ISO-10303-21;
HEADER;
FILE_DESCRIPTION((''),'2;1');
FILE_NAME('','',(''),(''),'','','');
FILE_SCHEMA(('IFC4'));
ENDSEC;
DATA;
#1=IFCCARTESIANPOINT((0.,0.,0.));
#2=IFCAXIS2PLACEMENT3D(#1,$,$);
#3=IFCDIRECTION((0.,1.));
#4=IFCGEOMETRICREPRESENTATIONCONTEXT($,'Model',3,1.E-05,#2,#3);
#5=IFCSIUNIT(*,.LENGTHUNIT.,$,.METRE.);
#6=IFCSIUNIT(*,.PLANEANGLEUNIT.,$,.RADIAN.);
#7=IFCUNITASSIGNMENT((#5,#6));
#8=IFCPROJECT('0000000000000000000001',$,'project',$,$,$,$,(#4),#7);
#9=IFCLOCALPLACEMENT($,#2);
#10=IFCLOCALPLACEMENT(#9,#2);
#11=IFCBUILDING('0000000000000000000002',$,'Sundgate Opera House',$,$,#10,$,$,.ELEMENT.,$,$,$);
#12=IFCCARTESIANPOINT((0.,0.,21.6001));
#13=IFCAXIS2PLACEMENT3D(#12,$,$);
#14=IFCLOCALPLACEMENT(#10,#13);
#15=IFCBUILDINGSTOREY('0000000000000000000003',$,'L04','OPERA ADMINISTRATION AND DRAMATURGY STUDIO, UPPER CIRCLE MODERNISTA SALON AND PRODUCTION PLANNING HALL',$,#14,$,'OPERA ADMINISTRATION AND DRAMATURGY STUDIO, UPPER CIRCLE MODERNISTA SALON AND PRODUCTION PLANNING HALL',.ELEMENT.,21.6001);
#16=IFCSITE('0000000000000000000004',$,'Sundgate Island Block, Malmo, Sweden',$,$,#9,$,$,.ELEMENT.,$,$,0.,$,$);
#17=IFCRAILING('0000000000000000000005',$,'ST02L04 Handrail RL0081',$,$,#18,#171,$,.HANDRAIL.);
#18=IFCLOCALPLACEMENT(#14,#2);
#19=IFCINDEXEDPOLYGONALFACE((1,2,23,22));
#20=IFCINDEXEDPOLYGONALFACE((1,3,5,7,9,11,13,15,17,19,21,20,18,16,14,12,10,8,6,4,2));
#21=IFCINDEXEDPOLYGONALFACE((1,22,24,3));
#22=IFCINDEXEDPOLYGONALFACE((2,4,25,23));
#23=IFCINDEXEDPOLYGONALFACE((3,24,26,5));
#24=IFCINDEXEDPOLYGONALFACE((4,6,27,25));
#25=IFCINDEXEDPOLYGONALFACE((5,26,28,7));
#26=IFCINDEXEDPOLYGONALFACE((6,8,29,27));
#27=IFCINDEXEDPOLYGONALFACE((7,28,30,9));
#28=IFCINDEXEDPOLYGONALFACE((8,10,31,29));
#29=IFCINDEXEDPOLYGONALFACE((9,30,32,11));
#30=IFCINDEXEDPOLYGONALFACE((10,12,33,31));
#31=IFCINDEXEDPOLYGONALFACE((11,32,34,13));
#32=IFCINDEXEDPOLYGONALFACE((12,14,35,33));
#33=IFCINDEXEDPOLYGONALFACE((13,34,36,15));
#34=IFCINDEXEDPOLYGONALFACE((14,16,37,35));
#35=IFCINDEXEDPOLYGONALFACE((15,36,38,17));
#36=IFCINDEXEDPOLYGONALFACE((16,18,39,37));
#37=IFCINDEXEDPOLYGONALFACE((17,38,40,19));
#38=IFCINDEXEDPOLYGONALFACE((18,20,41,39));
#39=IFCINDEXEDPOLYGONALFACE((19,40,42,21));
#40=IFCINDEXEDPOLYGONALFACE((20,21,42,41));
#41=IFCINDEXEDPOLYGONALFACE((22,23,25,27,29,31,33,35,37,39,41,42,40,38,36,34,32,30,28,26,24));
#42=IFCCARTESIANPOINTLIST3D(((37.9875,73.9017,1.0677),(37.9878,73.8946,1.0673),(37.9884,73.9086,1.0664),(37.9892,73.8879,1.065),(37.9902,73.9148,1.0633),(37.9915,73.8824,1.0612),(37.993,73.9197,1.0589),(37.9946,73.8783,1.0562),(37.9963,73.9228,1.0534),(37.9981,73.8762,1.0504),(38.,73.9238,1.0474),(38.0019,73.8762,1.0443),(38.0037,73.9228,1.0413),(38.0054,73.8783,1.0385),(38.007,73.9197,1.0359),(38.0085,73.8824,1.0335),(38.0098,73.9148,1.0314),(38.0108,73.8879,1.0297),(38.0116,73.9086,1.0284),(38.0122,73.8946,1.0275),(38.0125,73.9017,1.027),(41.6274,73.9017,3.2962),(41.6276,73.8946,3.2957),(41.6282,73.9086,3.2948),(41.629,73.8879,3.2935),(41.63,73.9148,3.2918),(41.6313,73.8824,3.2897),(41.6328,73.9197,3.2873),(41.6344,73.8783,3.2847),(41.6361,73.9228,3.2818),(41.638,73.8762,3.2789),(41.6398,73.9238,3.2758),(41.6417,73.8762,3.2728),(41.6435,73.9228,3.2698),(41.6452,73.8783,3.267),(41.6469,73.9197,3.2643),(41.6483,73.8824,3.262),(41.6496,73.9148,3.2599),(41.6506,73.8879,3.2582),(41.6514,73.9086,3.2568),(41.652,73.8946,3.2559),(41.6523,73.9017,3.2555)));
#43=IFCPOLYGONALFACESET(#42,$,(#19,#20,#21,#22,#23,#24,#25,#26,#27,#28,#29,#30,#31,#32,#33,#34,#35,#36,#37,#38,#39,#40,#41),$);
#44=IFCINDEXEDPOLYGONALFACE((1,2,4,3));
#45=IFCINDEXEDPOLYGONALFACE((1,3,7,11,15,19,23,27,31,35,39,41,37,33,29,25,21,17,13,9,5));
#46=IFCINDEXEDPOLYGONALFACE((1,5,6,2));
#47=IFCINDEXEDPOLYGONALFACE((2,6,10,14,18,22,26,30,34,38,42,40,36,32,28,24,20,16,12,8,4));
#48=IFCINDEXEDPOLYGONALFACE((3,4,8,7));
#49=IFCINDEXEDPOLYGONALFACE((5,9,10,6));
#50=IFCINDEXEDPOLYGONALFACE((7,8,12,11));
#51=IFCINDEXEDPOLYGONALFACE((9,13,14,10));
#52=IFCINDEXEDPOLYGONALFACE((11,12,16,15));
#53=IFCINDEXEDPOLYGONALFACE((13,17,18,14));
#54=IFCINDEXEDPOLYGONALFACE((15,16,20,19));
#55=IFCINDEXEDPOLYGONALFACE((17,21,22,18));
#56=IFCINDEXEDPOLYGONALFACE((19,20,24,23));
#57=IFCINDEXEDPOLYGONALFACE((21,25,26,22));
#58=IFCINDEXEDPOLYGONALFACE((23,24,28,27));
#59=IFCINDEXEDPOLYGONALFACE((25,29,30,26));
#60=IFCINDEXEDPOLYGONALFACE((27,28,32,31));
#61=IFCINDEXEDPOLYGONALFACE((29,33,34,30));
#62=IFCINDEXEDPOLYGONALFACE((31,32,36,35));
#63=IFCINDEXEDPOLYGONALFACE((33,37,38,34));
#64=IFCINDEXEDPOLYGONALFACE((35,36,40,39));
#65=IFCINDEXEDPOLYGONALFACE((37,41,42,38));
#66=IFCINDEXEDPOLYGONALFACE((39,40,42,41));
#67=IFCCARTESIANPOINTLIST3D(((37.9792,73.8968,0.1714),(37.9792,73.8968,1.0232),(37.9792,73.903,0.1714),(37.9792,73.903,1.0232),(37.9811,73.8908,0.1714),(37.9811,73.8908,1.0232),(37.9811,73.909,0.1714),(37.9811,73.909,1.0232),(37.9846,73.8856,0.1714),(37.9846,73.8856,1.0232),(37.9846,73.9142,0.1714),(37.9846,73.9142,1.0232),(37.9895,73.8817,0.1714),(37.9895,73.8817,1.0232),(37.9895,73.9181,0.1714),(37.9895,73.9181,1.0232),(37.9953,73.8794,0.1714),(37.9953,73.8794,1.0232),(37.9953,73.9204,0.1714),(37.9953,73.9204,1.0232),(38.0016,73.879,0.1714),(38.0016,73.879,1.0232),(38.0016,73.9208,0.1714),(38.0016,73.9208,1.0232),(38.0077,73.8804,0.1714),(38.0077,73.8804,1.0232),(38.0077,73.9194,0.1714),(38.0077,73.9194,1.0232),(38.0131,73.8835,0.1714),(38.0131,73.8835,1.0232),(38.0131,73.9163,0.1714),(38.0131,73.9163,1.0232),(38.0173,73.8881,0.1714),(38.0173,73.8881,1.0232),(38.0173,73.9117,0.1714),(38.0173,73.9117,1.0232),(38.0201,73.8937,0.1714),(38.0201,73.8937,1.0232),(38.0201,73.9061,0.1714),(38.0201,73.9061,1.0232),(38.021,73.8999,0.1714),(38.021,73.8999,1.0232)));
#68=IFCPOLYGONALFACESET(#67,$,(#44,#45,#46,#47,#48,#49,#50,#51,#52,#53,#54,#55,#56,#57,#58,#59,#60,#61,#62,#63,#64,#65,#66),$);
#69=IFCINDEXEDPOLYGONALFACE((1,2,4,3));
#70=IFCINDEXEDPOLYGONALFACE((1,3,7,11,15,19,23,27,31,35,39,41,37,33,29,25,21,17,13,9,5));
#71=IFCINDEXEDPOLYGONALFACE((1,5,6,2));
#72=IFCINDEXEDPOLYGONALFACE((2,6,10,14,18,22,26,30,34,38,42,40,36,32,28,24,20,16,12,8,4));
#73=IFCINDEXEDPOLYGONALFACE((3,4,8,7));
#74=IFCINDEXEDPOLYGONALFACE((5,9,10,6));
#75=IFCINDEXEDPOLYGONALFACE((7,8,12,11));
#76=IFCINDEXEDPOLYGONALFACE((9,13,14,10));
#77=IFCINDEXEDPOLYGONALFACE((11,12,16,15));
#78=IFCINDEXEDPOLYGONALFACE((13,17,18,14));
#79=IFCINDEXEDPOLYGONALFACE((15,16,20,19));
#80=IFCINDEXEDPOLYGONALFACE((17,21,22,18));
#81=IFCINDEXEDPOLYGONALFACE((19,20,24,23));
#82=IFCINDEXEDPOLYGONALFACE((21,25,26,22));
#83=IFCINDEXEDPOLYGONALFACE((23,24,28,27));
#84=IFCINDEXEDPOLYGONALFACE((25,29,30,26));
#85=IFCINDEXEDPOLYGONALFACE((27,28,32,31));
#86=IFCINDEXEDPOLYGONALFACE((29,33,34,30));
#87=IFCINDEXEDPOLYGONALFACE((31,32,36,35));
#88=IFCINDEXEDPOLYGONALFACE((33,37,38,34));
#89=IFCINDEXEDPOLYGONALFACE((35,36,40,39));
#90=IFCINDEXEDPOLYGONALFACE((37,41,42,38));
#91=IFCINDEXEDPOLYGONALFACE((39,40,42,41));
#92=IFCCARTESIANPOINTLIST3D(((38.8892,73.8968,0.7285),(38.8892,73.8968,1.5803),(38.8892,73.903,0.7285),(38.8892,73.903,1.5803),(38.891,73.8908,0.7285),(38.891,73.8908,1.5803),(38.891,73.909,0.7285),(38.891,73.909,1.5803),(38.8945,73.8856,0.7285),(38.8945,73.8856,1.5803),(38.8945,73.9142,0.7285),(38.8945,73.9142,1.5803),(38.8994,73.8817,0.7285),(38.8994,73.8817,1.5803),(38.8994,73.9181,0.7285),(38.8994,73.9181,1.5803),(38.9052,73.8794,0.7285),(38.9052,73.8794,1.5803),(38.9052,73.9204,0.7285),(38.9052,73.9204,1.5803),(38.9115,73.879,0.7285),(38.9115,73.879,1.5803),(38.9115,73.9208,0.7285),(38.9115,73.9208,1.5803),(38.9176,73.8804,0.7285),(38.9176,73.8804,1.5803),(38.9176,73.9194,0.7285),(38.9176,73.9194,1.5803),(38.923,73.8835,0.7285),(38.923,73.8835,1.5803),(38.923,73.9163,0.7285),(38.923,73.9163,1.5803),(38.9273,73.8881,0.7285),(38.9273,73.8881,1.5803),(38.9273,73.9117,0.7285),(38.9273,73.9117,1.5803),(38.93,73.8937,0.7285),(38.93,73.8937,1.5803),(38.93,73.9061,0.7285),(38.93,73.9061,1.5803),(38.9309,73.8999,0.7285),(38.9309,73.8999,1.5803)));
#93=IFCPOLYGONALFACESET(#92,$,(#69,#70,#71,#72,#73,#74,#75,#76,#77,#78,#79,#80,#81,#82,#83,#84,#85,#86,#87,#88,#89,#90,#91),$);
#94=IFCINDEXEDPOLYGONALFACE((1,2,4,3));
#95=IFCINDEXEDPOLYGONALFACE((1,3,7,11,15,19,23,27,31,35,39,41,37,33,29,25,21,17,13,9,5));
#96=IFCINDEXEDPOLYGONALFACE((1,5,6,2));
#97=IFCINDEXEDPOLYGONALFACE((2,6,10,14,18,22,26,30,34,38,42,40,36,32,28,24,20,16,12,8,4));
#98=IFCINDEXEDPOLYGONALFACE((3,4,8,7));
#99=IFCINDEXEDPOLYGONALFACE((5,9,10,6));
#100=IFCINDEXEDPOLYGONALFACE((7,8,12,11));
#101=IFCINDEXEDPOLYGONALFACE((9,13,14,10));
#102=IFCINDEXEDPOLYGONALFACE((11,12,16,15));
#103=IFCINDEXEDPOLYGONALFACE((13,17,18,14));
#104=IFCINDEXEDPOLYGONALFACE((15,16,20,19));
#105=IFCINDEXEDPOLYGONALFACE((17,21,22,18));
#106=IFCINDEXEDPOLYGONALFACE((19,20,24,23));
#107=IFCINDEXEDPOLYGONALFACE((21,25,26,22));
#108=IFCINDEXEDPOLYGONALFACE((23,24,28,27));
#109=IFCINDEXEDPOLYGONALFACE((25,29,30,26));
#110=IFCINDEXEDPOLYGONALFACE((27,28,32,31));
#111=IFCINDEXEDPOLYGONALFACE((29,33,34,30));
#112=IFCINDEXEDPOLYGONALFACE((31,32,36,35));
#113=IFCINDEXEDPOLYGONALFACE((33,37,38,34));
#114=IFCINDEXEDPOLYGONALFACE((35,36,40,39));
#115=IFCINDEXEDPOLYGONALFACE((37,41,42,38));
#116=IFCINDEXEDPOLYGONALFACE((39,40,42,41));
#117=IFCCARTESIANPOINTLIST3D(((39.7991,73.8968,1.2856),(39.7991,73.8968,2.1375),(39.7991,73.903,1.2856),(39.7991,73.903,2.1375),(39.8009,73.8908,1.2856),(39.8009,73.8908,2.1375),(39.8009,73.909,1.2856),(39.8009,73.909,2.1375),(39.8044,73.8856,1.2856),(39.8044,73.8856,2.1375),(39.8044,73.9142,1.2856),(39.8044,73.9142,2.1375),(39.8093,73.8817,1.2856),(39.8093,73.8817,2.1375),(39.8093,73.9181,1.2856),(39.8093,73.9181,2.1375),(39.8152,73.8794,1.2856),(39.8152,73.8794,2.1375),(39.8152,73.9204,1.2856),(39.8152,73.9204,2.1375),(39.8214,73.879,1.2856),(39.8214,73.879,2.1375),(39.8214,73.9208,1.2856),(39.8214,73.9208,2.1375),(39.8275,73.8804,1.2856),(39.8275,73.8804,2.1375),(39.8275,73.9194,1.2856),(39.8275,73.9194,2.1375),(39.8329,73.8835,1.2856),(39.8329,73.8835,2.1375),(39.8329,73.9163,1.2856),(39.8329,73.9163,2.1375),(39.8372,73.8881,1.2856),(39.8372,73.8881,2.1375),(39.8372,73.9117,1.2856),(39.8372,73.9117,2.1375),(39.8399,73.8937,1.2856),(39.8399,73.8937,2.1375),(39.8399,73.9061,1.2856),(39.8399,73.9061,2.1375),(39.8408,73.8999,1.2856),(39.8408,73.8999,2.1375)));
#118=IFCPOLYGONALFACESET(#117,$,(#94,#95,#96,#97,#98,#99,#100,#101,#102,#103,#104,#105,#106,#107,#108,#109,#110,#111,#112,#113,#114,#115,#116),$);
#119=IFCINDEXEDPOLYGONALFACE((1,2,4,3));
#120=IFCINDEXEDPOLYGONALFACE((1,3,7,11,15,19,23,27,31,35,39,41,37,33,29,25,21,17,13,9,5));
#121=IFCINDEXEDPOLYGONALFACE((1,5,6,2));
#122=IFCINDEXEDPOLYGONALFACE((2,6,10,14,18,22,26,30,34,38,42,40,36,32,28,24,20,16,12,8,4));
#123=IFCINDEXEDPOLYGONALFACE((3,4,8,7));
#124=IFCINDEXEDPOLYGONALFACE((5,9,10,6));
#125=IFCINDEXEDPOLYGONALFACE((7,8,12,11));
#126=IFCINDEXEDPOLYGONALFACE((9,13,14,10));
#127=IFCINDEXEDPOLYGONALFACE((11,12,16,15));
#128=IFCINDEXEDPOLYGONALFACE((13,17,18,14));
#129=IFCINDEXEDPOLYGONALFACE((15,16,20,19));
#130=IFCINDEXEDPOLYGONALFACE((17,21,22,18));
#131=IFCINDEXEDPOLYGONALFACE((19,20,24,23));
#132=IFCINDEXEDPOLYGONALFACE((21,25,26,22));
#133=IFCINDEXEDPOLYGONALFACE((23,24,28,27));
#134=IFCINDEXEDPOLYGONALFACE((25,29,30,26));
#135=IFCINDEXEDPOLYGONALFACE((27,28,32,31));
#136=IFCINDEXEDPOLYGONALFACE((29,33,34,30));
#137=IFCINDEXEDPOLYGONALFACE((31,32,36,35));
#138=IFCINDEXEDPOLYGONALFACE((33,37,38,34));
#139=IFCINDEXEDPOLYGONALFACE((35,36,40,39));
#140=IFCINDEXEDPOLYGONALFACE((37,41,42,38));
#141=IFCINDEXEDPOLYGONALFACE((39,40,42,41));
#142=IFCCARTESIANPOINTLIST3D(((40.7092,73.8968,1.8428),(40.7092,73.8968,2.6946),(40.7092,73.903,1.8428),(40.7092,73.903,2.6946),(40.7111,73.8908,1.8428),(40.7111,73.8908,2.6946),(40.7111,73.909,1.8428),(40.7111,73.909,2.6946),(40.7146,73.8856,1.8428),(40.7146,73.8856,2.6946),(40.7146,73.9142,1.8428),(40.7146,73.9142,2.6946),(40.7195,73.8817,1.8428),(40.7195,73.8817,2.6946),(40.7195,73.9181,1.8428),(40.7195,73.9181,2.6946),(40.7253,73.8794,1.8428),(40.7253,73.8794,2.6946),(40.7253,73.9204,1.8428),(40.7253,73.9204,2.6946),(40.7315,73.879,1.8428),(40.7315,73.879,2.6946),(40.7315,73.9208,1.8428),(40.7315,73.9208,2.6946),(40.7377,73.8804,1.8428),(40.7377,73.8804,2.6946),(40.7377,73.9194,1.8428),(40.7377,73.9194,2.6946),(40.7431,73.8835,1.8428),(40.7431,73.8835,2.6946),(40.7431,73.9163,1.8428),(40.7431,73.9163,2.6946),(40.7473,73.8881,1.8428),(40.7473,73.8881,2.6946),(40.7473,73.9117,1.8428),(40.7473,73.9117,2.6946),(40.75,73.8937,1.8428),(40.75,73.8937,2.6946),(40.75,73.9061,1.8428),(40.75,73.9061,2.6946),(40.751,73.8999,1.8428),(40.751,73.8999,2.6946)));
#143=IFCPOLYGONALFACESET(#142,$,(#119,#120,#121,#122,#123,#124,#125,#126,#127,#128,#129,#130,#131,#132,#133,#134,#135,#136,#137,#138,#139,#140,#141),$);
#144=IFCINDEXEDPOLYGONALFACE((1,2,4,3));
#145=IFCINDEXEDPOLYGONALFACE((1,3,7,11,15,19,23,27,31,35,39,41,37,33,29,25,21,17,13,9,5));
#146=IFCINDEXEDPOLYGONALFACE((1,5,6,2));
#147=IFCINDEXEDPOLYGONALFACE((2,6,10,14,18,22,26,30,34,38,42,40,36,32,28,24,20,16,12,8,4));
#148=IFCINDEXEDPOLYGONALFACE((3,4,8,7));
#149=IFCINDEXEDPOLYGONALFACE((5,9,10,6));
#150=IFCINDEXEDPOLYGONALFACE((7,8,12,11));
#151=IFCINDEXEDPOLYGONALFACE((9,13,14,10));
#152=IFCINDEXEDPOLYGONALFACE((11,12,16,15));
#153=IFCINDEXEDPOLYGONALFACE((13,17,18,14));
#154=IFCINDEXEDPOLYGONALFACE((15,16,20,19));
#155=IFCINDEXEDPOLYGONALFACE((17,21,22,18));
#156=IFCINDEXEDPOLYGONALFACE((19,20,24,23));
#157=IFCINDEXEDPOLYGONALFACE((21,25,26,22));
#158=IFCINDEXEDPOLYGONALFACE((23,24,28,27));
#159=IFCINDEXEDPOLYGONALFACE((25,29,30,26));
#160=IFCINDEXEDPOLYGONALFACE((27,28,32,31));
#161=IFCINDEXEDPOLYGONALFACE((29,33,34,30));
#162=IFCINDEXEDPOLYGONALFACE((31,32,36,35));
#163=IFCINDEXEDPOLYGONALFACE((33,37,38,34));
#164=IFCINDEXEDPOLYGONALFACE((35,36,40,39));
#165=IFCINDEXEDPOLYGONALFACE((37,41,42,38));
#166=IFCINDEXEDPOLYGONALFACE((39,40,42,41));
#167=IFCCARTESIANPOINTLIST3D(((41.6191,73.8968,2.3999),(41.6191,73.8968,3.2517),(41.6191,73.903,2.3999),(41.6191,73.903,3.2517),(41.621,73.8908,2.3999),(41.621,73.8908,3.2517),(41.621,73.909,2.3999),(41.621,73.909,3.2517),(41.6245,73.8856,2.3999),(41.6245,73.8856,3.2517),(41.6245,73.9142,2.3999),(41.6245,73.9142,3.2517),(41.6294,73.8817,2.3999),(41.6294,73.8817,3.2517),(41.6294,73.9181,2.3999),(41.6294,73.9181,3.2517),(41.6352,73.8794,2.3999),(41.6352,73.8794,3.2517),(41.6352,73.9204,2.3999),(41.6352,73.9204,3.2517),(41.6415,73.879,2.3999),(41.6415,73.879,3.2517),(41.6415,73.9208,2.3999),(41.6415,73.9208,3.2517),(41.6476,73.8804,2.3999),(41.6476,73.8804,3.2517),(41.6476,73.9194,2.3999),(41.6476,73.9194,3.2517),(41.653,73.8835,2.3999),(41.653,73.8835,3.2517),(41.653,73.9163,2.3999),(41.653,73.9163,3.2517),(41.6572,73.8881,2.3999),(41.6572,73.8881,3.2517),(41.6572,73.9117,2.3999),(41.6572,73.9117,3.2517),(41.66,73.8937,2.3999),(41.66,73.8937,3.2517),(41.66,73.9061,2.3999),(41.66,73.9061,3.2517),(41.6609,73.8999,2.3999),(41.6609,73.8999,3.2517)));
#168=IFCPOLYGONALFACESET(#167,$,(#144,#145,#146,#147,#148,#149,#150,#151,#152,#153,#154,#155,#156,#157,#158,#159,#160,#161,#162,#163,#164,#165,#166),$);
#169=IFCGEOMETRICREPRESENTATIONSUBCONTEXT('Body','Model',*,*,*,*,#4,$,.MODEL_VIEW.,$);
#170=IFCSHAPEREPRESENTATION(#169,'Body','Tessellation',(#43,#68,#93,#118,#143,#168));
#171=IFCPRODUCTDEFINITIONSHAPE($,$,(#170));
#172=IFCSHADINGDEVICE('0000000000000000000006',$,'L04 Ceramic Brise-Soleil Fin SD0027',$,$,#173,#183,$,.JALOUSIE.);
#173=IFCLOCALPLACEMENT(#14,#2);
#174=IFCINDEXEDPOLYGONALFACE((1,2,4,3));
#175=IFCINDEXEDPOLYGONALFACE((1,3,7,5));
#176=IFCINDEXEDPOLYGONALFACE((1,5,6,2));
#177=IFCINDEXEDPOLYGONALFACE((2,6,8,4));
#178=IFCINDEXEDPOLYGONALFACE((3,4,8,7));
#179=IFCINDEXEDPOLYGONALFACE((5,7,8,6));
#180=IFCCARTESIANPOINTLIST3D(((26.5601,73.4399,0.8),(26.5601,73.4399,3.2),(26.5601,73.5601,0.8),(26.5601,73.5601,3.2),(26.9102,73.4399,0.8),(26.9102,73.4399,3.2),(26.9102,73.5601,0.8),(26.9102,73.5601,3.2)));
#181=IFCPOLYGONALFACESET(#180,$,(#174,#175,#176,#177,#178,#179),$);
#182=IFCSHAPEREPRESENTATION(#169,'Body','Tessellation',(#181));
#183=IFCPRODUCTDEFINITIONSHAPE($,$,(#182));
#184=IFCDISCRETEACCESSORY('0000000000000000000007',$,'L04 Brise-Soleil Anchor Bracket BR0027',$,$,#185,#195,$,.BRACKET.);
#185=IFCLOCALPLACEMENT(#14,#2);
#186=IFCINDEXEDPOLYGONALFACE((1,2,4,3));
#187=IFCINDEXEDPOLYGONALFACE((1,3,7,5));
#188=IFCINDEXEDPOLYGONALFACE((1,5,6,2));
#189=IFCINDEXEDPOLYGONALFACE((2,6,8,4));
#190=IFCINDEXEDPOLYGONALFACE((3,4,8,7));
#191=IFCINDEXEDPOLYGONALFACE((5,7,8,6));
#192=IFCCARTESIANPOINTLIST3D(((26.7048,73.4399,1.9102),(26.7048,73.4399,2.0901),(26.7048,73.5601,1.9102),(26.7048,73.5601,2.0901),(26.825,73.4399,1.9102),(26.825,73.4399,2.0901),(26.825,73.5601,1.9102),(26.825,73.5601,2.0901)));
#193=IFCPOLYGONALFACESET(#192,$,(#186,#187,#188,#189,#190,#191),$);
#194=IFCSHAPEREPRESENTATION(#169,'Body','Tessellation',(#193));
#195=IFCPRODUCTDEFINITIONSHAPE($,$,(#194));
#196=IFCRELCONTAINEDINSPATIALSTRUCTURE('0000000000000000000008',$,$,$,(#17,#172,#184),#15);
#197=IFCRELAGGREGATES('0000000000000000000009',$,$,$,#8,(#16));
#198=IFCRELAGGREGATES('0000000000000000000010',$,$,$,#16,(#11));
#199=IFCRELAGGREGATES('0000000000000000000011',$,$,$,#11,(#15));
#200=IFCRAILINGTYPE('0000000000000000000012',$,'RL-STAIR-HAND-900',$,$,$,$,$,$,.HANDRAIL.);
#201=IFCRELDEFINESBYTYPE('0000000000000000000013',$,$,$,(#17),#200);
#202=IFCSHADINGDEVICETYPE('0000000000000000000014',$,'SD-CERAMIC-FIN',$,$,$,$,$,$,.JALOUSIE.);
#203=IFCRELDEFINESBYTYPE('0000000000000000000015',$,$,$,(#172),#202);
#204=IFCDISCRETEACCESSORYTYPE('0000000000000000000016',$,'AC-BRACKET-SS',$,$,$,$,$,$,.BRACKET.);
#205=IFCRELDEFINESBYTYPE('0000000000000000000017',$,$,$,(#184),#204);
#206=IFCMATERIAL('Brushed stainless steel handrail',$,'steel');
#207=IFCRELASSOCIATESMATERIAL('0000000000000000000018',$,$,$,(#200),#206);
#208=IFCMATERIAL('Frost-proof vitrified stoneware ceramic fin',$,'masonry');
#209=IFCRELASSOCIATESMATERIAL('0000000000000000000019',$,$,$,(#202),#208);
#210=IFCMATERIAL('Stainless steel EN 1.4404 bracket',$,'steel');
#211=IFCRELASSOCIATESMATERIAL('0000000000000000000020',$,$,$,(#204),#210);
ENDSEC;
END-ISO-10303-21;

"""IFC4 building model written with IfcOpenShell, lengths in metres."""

from ifc_helpers import new_model, si_unit, direction, frame, origin, origin_2d, place, context, subcontext, project, spatial, rectangle, circle, extrude, material, type_object, element, save


model = new_model("IFC4")

# Units and contexts
model_context = context("Model", 3, precision=1e-05, world=origin(), true_north=direction((0.0, 1.0)))
body_context = subcontext(model_context, "Body", "Model", "MODEL_VIEW")
ifc_project = project(units=[si_unit("LENGTHUNIT", "METRE"), si_unit("PLANEANGLEUNIT", "RADIAN")], contexts=[model_context])

# Site, building, storey
site_placement = place(None, origin())
site = spatial("IfcSite", under=ifc_project, at=site_placement, Name="Sundgate Island Block, Malmo, Sweden", CompositionType="ELEMENT", RefElevation=0.0)
building_placement = place(site_placement, origin())
building = spatial("IfcBuilding", under=site, at=building_placement, Name="Sundgate Opera House", CompositionType="ELEMENT")
storey_placement = place(building_placement, frame((0.0, 0.0, 21.6001)))
storey = spatial("IfcBuildingStorey", under=building, at=storey_placement, Name="L04", Description="OPERA ADMINISTRATION AND DRAMATURGY STUDIO, UPPER CIRCLE MODERNISTA SALON AND PRODUCTION PLANNING HALL", LongName="OPERA ADMINISTRATION AND DRAMATURGY STUDIO, UPPER CIRCLE MODERNISTA SALON AND PRODUCTION PLANNING HALL", CompositionType="ELEMENT", Elevation=21.6001)

# Railing
ifc_material_1 = material(Name="Brushed stainless steel handrail", Category="steel")
railing_type_1 = type_object("IfcRailingType", Name="RL-STAIR-HAND-900", PredefinedType="HANDRAIL", material=ifc_material_1)
railing_1_placement = place(storey_placement, frame((38.0, 73.8999, 0.1714)))
element("IfcRailing", 1, at=railing_1_placement, inside=storey, type_object=railing_type_1, Name="ST02L04 Handrail RL0081", PredefinedType="HANDRAIL", context=body_context, shape_type="SweptSolid", body=[
    extrude(circle(Radius=0.0239, at=origin_2d()), frame((0.0, 0.0, 0.876), z_axis=(0.85285, 0.0, 0.522156), x_axis=(0.0, 1.0, 0.0)), (0.0, 0.0, 1.0), 4.2678),
    extrude(circle(Radius=0.021, at=origin_2d()), origin(), (0.0, 0.0, 1.0), 0.8518),
    extrude(circle(Radius=0.021, at=origin_2d()), frame((0.9099, 0.0, 0.5571)), (0.0, 0.0, 1.0), 0.8518),
    extrude(circle(Radius=0.021, at=origin_2d()), frame((1.8198, 0.0, 1.1143)), (0.0, 0.0, 1.0), 0.8518),
    extrude(circle(Radius=0.021, at=origin_2d()), frame((2.73, 0.0, 1.6714)), (0.0, 0.0, 1.0), 0.8518),
    extrude(circle(Radius=0.021, at=origin_2d()), frame((3.6399, 0.0, 2.2285)), (0.0, 0.0, 1.0), 0.8518),
])

# Shading device
ifc_material_2 = material(Name="Frost-proof vitrified stoneware ceramic fin", Category="masonry")
shading_device_type = type_object("IfcShadingDeviceType", Name="SD-CERAMIC-FIN", PredefinedType="JALOUSIE", material=ifc_material_2)
shading_device_placement = place(storey_placement, frame((26.7351, 73.5, 0.8), z_axis=(0.0, 0.0, 1.0), x_axis=(1.0, 0.0, 0.0)))
element("IfcShadingDevice", 2, at=shading_device_placement, inside=storey, type_object=shading_device_type, Name="L04 Ceramic Brise-Soleil Fin SD0027", PredefinedType="JALOUSIE", context=body_context, shape_type="SweptSolid", body=[
    extrude(rectangle(XDim=0.3501, YDim=0.1201, at=origin_2d()), origin(), (0.0, 0.0, 1.0), 2.3999),
])

# Discrete accessory
ifc_material_3 = material(Name="Stainless steel EN 1.4404 bracket", Category="steel")
discrete_accessory_type = type_object("IfcDiscreteAccessoryType", Name="AC-BRACKET-SS", PredefinedType="BRACKET", material=ifc_material_3)
discrete_accessory_placement = place(storey_placement, frame((26.7649, 73.5, 1.9102), z_axis=(0.0, 0.0, 1.0), x_axis=(1.0, 0.0, 0.0)))
element("IfcDiscreteAccessory", 3, at=discrete_accessory_placement, inside=storey, type_object=discrete_accessory_type, Name="L04 Brise-Soleil Anchor Bracket BR0027", PredefinedType="BRACKET", context=body_context, shape_type="SweptSolid", body=[
    extrude(rectangle(XDim=0.1201, YDim=0.1201, at=origin_2d()), origin(), (0.0, 0.0, 1.0), 0.1799),
])

save(model, "model.ifc")
